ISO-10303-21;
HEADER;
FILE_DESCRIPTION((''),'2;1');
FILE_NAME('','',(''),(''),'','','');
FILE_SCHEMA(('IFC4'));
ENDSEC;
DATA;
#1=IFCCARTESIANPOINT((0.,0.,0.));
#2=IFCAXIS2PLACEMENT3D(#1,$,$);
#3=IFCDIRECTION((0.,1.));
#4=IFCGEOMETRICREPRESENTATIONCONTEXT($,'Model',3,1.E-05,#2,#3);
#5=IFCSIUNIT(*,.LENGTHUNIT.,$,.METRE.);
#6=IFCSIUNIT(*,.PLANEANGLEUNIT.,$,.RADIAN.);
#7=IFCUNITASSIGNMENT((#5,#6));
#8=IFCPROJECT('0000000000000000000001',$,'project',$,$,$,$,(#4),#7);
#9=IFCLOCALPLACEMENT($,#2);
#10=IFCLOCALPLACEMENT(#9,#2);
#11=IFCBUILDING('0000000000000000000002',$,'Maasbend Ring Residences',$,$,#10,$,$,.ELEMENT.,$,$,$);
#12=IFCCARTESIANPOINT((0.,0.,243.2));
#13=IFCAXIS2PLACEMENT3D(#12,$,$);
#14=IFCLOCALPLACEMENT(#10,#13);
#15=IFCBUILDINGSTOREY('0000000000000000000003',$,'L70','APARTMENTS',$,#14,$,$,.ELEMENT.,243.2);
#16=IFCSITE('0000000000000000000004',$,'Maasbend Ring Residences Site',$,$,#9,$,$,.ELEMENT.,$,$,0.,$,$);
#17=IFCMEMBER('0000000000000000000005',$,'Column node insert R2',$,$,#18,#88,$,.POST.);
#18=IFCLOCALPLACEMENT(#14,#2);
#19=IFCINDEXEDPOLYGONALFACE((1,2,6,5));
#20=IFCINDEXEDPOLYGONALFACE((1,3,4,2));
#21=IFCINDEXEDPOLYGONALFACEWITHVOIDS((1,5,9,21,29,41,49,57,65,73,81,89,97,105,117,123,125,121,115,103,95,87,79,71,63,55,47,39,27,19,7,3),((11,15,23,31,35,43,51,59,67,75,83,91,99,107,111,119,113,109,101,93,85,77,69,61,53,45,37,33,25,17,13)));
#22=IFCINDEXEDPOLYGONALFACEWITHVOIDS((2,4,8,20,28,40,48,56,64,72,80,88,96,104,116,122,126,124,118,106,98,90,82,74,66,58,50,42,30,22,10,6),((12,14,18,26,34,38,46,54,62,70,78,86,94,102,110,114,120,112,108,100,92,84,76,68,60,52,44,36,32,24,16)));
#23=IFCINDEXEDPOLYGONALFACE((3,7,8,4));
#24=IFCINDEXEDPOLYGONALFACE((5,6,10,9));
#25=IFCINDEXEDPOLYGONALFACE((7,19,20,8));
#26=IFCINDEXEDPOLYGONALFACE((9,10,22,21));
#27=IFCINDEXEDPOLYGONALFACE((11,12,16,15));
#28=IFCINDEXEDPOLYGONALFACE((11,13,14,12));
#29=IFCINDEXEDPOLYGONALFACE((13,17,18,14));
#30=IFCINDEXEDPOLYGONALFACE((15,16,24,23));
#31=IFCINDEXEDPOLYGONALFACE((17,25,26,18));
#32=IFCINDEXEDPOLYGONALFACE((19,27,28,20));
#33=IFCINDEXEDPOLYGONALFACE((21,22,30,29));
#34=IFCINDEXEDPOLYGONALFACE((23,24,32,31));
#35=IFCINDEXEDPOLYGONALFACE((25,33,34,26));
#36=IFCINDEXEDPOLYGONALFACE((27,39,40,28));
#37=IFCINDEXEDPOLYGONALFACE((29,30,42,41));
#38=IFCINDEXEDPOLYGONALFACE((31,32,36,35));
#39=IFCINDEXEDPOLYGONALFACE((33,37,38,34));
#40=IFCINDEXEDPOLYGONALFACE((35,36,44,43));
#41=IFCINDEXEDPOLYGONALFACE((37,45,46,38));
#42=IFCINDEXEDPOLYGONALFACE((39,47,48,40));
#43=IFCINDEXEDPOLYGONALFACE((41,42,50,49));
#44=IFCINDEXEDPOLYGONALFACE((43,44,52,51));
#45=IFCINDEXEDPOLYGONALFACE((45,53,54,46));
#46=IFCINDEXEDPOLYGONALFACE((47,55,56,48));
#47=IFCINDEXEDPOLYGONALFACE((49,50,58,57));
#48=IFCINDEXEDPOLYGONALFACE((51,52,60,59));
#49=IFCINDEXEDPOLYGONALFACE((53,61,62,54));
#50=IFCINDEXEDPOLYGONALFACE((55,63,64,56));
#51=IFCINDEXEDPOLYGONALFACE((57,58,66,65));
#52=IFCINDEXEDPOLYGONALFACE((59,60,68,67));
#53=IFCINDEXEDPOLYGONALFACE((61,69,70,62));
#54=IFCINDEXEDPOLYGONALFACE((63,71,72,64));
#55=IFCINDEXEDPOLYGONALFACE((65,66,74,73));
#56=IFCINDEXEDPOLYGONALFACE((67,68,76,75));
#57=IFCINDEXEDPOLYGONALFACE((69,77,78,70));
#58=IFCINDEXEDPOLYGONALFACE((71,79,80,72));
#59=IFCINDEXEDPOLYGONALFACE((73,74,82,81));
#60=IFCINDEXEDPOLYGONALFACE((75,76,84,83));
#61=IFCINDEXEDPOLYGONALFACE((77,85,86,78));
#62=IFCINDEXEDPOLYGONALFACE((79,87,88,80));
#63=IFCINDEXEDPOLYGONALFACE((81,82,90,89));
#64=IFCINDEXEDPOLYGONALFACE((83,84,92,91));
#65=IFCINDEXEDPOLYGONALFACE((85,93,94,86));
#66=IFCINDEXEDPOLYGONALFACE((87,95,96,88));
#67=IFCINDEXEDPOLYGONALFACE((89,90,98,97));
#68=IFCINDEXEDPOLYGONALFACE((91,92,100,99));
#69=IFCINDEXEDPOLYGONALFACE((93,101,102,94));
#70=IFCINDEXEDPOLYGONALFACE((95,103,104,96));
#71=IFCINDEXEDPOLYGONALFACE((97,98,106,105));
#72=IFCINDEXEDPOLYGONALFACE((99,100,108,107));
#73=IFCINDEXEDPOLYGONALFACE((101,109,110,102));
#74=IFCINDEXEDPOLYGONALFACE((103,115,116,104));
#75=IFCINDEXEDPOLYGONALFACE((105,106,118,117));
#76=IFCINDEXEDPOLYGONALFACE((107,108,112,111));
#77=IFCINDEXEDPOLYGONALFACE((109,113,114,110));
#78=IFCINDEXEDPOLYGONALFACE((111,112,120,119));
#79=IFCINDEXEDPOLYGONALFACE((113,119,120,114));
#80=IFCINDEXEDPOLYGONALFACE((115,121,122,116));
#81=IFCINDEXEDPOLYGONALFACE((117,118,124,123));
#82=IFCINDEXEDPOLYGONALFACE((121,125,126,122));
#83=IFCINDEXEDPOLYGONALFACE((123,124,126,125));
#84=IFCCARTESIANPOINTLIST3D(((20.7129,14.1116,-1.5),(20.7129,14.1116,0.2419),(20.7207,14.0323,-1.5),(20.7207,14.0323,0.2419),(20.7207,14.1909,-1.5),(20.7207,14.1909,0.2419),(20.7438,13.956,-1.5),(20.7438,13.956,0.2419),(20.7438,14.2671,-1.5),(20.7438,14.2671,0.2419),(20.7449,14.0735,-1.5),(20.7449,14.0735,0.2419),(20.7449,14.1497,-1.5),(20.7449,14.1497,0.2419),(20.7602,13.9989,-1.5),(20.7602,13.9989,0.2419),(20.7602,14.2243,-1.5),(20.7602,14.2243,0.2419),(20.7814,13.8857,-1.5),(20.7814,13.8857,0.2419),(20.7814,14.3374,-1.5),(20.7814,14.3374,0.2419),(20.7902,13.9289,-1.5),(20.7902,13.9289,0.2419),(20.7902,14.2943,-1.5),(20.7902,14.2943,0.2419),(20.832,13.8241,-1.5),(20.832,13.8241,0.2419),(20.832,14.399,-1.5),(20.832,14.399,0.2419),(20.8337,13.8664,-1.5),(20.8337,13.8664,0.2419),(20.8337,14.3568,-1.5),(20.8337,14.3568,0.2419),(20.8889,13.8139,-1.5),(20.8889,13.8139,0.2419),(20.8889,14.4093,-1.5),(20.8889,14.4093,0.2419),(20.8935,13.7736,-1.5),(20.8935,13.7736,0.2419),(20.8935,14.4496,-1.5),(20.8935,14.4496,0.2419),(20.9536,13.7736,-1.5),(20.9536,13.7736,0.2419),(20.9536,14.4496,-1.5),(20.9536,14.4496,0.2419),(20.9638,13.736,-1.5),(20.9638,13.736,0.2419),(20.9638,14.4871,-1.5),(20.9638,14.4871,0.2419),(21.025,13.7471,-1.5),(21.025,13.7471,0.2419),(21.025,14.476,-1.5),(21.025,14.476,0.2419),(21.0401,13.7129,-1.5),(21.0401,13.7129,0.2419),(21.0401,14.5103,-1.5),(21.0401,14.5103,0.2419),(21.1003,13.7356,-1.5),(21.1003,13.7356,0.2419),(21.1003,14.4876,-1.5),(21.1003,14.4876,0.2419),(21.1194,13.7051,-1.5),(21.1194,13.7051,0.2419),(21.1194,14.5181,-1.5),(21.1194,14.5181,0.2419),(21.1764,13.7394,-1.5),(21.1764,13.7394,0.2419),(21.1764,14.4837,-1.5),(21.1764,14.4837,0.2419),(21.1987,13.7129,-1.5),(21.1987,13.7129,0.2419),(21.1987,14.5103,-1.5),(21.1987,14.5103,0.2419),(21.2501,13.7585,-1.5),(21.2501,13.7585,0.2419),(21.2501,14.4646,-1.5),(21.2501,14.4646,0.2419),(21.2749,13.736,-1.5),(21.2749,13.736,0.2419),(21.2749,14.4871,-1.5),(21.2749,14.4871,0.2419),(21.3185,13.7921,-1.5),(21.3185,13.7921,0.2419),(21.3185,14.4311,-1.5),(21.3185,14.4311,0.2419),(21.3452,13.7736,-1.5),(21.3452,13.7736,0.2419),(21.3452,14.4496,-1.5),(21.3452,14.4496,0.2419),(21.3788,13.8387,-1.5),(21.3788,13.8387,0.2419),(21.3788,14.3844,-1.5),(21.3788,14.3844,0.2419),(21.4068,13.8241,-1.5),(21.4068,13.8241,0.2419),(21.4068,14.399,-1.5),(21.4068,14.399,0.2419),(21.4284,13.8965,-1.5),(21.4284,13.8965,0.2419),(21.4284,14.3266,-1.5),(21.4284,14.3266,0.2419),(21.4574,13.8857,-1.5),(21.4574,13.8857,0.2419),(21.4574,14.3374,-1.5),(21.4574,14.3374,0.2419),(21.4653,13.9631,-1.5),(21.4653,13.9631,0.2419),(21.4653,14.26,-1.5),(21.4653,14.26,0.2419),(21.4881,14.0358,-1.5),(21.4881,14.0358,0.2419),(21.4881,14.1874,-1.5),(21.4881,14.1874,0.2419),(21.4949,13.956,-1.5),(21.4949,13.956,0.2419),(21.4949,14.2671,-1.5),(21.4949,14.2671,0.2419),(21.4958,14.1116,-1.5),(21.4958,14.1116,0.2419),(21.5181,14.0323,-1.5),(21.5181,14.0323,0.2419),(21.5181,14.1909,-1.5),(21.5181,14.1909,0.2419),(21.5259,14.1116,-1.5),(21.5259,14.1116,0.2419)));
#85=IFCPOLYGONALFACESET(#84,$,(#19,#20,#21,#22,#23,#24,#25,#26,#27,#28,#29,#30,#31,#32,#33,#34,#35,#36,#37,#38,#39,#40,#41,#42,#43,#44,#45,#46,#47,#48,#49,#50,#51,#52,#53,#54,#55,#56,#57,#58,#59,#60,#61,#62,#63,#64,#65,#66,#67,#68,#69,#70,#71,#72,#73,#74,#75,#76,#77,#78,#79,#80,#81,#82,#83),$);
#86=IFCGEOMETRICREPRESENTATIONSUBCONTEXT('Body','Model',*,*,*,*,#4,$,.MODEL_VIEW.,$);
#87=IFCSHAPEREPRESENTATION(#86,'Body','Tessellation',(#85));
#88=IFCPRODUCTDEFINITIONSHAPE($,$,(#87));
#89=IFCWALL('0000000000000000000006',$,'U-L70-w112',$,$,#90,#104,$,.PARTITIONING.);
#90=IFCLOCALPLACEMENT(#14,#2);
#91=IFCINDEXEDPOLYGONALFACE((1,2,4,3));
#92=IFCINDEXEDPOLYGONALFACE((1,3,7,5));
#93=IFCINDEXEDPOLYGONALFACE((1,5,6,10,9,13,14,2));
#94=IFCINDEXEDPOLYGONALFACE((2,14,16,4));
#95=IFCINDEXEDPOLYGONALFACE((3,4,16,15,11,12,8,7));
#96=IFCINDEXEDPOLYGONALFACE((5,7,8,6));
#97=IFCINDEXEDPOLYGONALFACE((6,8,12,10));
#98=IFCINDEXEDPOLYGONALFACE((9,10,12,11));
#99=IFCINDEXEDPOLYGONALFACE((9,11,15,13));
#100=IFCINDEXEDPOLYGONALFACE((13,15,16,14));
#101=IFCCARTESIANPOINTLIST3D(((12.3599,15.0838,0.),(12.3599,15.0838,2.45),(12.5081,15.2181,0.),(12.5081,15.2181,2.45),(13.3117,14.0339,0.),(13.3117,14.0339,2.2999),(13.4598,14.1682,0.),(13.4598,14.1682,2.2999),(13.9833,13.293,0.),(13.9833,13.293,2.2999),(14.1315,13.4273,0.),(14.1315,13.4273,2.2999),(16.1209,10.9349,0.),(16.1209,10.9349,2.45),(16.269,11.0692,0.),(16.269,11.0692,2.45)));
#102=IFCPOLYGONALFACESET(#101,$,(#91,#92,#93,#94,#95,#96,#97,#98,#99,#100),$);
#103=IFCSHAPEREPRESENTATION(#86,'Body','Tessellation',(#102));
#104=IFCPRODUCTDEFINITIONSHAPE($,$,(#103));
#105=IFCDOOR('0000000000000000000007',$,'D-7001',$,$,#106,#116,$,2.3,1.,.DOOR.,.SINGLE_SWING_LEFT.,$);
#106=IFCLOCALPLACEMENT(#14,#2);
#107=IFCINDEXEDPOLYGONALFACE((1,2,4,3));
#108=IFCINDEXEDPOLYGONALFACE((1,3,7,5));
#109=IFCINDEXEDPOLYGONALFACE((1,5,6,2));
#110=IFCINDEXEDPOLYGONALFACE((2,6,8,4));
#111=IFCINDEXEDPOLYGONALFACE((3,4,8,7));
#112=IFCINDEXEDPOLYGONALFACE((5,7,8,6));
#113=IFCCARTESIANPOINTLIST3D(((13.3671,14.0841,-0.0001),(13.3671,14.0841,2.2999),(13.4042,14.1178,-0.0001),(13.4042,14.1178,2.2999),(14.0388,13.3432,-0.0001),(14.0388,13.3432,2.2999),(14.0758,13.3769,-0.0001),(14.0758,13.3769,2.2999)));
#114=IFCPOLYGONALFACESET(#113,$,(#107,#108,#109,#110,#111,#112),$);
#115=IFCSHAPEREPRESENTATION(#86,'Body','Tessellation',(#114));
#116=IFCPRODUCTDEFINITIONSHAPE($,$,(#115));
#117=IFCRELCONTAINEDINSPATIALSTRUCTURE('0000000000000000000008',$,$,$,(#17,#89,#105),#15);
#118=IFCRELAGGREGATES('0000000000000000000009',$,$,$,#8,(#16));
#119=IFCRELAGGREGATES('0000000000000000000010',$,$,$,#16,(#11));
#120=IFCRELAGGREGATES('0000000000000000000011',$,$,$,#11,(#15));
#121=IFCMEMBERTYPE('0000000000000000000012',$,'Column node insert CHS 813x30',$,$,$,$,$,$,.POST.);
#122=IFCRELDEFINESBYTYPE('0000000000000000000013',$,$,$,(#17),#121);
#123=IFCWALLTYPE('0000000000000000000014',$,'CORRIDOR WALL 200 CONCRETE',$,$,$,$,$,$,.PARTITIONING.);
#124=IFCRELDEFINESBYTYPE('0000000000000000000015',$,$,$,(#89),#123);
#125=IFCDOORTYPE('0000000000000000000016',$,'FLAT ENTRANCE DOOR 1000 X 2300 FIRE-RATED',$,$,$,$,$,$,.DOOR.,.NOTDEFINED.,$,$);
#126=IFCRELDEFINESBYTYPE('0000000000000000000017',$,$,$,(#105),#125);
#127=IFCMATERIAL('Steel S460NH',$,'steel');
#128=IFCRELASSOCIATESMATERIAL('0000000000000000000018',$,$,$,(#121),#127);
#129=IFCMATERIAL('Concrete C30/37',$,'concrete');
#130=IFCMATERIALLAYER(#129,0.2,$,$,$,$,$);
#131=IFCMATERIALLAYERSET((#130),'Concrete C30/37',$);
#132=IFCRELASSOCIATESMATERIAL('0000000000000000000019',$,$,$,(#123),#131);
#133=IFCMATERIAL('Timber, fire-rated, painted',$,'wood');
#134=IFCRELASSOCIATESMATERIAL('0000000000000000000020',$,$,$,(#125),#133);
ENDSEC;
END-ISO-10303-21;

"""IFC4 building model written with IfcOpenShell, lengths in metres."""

from ifc_helpers import new_model, si_unit, direction, frame, frame_2d, origin, origin_2d, place, context, subcontext, project, spatial, rectangle, hollow_circle, extrude, material, layer, layer_set, material_profile, profile_set, type_object, element, fill, save


model = new_model("IFC4")

# Units and contexts
model_context = context("Model", 3, precision=1e-05, world=origin(), true_north=direction((0.0, 1.0)))
body_context = subcontext(model_context, "Body", "Model", "MODEL_VIEW")
ifc_project = project(units=[si_unit("LENGTHUNIT", "METRE"), si_unit("PLANEANGLEUNIT", "RADIAN")], contexts=[model_context])

# Site, building, storey
site_placement = place(None, origin())
site = spatial("IfcSite", under=ifc_project, at=site_placement, Name="Maasbend Ring Residences Site", CompositionType="ELEMENT", RefElevation=0.0)
building_placement = place(site_placement, origin())
building = spatial("IfcBuilding", under=site, at=building_placement, Name="Maasbend Ring Residences", CompositionType="ELEMENT")
storey_placement = place(building_placement, frame((0.0, 0.0, 243.2)))
storey = spatial("IfcBuildingStorey", under=building, at=storey_placement, Name="L70", Description="APARTMENTS", CompositionType="ELEMENT", Elevation=243.2)

# Member
ifc_material_1 = material(Name="Steel S460NH", Category="steel")
ifc_material_profile_1 = material_profile(ifc_material_1, hollow_circle(Radius=0.4065, WallThickness=0.03, at=origin_2d()), Name="Column node insert CHS 813x30")
ifc_profile_set_1 = profile_set([ifc_material_profile_1], Name="Steel S460NH")
member_type = type_object("IfcMemberType", Name="Column node insert CHS 813x30", PredefinedType="POST", material=ifc_profile_set_1)
member_placement = place(storey_placement, frame((21.1194, 14.1116, -1.5), z_axis=(0.0, 0.0, 1.0), x_axis=(1.0, 0.0, 0.0)))
element("IfcMember", 1, at=member_placement, inside=storey, type_object=member_type, Name="Column node insert R2", PredefinedType="POST", context=body_context, shape_type="SweptSolid", body=[
    extrude(hollow_circle(Radius=0.4065, WallThickness=0.03, at=origin_2d()), origin(), (0.0, 0.0, 1.0), 1.7419),
])

# Wall, opening, door
ifc_material_2 = material(Name="Concrete C30/37", Category="concrete")
ifc_layer_1 = layer(ifc_material_2, 0.2)
ifc_layer_set_1 = layer_set([ifc_layer_1], Name="Concrete C30/37")
wall_type_1 = type_object("IfcWallType", Name="CORRIDOR WALL 200 CONCRETE", PredefinedType="PARTITIONING", material=ifc_layer_set_1)
wall_1_placement = place(storey_placement, frame((12.4341, 15.1509, 0.0), z_axis=(0.0, 0.0, 1.0), x_axis=(0.67162, -0.740896, 0.0)))
wall_1 = element("IfcWall", 2, at=wall_1_placement, inside=storey, type_object=wall_type_1, Name="U-L70-w112", PredefinedType="PARTITIONING", context=body_context, shape_type="SweptSolid", body=[
    extrude(rectangle(XDim=5.5999, YDim=0.2, at=frame_2d((2.7998, 0.0))), origin(), (0.0, 0.0, 1.0), 2.45),
])
opening_1_placement = place(wall_1_placement, frame((1.417, 0.0, 0.0)))
opening_1 = element("IfcOpeningElement", 3, at=opening_1_placement, cuts=wall_1, PredefinedType="OPENING", context=body_context, shape_type="SweptSolid", body=[
    extrude(rectangle(XDim=1.0, YDim=2.3, at=frame_2d((0.5, 1.1499))), frame((0.0, 0.1099, 0.0), z_axis=(0.0, -1.0, 0.0), x_axis=(1.0, 0.0, 0.0)), (0.0, 0.0, 1.0), 0.22),
])
ifc_material_3 = material(Name="Timber, fire-rated, painted", Category="wood")
door_type_1 = type_object("IfcDoorType", Name="FLAT ENTRANCE DOOR 1000 X 2300 FIRE-RATED", OperationType="NOTDEFINED", PredefinedType="DOOR", material=ifc_material_3)
door_1_placement = place(opening_1_placement, origin())
door_1 = element("IfcDoor", 4, at=door_1_placement, inside=storey, type_object=door_type_1, Name="D-7001", OperationType="SINGLE_SWING_LEFT", OverallHeight=2.3, OverallWidth=1.0, PredefinedType="DOOR", context=body_context, shape_type="SweptSolid", body=[
    extrude(rectangle(XDim=1.0, YDim=2.3, at=frame_2d((0.5, 1.1499))), frame((0.0, 0.0249, 0.0), z_axis=(0.0, -1.0, 0.0), x_axis=(1.0, 0.0, 0.0)), (0.0, 0.0, 1.0), 0.05),
])
fill(opening_1, door_1)

save(model, "model.ifc")
